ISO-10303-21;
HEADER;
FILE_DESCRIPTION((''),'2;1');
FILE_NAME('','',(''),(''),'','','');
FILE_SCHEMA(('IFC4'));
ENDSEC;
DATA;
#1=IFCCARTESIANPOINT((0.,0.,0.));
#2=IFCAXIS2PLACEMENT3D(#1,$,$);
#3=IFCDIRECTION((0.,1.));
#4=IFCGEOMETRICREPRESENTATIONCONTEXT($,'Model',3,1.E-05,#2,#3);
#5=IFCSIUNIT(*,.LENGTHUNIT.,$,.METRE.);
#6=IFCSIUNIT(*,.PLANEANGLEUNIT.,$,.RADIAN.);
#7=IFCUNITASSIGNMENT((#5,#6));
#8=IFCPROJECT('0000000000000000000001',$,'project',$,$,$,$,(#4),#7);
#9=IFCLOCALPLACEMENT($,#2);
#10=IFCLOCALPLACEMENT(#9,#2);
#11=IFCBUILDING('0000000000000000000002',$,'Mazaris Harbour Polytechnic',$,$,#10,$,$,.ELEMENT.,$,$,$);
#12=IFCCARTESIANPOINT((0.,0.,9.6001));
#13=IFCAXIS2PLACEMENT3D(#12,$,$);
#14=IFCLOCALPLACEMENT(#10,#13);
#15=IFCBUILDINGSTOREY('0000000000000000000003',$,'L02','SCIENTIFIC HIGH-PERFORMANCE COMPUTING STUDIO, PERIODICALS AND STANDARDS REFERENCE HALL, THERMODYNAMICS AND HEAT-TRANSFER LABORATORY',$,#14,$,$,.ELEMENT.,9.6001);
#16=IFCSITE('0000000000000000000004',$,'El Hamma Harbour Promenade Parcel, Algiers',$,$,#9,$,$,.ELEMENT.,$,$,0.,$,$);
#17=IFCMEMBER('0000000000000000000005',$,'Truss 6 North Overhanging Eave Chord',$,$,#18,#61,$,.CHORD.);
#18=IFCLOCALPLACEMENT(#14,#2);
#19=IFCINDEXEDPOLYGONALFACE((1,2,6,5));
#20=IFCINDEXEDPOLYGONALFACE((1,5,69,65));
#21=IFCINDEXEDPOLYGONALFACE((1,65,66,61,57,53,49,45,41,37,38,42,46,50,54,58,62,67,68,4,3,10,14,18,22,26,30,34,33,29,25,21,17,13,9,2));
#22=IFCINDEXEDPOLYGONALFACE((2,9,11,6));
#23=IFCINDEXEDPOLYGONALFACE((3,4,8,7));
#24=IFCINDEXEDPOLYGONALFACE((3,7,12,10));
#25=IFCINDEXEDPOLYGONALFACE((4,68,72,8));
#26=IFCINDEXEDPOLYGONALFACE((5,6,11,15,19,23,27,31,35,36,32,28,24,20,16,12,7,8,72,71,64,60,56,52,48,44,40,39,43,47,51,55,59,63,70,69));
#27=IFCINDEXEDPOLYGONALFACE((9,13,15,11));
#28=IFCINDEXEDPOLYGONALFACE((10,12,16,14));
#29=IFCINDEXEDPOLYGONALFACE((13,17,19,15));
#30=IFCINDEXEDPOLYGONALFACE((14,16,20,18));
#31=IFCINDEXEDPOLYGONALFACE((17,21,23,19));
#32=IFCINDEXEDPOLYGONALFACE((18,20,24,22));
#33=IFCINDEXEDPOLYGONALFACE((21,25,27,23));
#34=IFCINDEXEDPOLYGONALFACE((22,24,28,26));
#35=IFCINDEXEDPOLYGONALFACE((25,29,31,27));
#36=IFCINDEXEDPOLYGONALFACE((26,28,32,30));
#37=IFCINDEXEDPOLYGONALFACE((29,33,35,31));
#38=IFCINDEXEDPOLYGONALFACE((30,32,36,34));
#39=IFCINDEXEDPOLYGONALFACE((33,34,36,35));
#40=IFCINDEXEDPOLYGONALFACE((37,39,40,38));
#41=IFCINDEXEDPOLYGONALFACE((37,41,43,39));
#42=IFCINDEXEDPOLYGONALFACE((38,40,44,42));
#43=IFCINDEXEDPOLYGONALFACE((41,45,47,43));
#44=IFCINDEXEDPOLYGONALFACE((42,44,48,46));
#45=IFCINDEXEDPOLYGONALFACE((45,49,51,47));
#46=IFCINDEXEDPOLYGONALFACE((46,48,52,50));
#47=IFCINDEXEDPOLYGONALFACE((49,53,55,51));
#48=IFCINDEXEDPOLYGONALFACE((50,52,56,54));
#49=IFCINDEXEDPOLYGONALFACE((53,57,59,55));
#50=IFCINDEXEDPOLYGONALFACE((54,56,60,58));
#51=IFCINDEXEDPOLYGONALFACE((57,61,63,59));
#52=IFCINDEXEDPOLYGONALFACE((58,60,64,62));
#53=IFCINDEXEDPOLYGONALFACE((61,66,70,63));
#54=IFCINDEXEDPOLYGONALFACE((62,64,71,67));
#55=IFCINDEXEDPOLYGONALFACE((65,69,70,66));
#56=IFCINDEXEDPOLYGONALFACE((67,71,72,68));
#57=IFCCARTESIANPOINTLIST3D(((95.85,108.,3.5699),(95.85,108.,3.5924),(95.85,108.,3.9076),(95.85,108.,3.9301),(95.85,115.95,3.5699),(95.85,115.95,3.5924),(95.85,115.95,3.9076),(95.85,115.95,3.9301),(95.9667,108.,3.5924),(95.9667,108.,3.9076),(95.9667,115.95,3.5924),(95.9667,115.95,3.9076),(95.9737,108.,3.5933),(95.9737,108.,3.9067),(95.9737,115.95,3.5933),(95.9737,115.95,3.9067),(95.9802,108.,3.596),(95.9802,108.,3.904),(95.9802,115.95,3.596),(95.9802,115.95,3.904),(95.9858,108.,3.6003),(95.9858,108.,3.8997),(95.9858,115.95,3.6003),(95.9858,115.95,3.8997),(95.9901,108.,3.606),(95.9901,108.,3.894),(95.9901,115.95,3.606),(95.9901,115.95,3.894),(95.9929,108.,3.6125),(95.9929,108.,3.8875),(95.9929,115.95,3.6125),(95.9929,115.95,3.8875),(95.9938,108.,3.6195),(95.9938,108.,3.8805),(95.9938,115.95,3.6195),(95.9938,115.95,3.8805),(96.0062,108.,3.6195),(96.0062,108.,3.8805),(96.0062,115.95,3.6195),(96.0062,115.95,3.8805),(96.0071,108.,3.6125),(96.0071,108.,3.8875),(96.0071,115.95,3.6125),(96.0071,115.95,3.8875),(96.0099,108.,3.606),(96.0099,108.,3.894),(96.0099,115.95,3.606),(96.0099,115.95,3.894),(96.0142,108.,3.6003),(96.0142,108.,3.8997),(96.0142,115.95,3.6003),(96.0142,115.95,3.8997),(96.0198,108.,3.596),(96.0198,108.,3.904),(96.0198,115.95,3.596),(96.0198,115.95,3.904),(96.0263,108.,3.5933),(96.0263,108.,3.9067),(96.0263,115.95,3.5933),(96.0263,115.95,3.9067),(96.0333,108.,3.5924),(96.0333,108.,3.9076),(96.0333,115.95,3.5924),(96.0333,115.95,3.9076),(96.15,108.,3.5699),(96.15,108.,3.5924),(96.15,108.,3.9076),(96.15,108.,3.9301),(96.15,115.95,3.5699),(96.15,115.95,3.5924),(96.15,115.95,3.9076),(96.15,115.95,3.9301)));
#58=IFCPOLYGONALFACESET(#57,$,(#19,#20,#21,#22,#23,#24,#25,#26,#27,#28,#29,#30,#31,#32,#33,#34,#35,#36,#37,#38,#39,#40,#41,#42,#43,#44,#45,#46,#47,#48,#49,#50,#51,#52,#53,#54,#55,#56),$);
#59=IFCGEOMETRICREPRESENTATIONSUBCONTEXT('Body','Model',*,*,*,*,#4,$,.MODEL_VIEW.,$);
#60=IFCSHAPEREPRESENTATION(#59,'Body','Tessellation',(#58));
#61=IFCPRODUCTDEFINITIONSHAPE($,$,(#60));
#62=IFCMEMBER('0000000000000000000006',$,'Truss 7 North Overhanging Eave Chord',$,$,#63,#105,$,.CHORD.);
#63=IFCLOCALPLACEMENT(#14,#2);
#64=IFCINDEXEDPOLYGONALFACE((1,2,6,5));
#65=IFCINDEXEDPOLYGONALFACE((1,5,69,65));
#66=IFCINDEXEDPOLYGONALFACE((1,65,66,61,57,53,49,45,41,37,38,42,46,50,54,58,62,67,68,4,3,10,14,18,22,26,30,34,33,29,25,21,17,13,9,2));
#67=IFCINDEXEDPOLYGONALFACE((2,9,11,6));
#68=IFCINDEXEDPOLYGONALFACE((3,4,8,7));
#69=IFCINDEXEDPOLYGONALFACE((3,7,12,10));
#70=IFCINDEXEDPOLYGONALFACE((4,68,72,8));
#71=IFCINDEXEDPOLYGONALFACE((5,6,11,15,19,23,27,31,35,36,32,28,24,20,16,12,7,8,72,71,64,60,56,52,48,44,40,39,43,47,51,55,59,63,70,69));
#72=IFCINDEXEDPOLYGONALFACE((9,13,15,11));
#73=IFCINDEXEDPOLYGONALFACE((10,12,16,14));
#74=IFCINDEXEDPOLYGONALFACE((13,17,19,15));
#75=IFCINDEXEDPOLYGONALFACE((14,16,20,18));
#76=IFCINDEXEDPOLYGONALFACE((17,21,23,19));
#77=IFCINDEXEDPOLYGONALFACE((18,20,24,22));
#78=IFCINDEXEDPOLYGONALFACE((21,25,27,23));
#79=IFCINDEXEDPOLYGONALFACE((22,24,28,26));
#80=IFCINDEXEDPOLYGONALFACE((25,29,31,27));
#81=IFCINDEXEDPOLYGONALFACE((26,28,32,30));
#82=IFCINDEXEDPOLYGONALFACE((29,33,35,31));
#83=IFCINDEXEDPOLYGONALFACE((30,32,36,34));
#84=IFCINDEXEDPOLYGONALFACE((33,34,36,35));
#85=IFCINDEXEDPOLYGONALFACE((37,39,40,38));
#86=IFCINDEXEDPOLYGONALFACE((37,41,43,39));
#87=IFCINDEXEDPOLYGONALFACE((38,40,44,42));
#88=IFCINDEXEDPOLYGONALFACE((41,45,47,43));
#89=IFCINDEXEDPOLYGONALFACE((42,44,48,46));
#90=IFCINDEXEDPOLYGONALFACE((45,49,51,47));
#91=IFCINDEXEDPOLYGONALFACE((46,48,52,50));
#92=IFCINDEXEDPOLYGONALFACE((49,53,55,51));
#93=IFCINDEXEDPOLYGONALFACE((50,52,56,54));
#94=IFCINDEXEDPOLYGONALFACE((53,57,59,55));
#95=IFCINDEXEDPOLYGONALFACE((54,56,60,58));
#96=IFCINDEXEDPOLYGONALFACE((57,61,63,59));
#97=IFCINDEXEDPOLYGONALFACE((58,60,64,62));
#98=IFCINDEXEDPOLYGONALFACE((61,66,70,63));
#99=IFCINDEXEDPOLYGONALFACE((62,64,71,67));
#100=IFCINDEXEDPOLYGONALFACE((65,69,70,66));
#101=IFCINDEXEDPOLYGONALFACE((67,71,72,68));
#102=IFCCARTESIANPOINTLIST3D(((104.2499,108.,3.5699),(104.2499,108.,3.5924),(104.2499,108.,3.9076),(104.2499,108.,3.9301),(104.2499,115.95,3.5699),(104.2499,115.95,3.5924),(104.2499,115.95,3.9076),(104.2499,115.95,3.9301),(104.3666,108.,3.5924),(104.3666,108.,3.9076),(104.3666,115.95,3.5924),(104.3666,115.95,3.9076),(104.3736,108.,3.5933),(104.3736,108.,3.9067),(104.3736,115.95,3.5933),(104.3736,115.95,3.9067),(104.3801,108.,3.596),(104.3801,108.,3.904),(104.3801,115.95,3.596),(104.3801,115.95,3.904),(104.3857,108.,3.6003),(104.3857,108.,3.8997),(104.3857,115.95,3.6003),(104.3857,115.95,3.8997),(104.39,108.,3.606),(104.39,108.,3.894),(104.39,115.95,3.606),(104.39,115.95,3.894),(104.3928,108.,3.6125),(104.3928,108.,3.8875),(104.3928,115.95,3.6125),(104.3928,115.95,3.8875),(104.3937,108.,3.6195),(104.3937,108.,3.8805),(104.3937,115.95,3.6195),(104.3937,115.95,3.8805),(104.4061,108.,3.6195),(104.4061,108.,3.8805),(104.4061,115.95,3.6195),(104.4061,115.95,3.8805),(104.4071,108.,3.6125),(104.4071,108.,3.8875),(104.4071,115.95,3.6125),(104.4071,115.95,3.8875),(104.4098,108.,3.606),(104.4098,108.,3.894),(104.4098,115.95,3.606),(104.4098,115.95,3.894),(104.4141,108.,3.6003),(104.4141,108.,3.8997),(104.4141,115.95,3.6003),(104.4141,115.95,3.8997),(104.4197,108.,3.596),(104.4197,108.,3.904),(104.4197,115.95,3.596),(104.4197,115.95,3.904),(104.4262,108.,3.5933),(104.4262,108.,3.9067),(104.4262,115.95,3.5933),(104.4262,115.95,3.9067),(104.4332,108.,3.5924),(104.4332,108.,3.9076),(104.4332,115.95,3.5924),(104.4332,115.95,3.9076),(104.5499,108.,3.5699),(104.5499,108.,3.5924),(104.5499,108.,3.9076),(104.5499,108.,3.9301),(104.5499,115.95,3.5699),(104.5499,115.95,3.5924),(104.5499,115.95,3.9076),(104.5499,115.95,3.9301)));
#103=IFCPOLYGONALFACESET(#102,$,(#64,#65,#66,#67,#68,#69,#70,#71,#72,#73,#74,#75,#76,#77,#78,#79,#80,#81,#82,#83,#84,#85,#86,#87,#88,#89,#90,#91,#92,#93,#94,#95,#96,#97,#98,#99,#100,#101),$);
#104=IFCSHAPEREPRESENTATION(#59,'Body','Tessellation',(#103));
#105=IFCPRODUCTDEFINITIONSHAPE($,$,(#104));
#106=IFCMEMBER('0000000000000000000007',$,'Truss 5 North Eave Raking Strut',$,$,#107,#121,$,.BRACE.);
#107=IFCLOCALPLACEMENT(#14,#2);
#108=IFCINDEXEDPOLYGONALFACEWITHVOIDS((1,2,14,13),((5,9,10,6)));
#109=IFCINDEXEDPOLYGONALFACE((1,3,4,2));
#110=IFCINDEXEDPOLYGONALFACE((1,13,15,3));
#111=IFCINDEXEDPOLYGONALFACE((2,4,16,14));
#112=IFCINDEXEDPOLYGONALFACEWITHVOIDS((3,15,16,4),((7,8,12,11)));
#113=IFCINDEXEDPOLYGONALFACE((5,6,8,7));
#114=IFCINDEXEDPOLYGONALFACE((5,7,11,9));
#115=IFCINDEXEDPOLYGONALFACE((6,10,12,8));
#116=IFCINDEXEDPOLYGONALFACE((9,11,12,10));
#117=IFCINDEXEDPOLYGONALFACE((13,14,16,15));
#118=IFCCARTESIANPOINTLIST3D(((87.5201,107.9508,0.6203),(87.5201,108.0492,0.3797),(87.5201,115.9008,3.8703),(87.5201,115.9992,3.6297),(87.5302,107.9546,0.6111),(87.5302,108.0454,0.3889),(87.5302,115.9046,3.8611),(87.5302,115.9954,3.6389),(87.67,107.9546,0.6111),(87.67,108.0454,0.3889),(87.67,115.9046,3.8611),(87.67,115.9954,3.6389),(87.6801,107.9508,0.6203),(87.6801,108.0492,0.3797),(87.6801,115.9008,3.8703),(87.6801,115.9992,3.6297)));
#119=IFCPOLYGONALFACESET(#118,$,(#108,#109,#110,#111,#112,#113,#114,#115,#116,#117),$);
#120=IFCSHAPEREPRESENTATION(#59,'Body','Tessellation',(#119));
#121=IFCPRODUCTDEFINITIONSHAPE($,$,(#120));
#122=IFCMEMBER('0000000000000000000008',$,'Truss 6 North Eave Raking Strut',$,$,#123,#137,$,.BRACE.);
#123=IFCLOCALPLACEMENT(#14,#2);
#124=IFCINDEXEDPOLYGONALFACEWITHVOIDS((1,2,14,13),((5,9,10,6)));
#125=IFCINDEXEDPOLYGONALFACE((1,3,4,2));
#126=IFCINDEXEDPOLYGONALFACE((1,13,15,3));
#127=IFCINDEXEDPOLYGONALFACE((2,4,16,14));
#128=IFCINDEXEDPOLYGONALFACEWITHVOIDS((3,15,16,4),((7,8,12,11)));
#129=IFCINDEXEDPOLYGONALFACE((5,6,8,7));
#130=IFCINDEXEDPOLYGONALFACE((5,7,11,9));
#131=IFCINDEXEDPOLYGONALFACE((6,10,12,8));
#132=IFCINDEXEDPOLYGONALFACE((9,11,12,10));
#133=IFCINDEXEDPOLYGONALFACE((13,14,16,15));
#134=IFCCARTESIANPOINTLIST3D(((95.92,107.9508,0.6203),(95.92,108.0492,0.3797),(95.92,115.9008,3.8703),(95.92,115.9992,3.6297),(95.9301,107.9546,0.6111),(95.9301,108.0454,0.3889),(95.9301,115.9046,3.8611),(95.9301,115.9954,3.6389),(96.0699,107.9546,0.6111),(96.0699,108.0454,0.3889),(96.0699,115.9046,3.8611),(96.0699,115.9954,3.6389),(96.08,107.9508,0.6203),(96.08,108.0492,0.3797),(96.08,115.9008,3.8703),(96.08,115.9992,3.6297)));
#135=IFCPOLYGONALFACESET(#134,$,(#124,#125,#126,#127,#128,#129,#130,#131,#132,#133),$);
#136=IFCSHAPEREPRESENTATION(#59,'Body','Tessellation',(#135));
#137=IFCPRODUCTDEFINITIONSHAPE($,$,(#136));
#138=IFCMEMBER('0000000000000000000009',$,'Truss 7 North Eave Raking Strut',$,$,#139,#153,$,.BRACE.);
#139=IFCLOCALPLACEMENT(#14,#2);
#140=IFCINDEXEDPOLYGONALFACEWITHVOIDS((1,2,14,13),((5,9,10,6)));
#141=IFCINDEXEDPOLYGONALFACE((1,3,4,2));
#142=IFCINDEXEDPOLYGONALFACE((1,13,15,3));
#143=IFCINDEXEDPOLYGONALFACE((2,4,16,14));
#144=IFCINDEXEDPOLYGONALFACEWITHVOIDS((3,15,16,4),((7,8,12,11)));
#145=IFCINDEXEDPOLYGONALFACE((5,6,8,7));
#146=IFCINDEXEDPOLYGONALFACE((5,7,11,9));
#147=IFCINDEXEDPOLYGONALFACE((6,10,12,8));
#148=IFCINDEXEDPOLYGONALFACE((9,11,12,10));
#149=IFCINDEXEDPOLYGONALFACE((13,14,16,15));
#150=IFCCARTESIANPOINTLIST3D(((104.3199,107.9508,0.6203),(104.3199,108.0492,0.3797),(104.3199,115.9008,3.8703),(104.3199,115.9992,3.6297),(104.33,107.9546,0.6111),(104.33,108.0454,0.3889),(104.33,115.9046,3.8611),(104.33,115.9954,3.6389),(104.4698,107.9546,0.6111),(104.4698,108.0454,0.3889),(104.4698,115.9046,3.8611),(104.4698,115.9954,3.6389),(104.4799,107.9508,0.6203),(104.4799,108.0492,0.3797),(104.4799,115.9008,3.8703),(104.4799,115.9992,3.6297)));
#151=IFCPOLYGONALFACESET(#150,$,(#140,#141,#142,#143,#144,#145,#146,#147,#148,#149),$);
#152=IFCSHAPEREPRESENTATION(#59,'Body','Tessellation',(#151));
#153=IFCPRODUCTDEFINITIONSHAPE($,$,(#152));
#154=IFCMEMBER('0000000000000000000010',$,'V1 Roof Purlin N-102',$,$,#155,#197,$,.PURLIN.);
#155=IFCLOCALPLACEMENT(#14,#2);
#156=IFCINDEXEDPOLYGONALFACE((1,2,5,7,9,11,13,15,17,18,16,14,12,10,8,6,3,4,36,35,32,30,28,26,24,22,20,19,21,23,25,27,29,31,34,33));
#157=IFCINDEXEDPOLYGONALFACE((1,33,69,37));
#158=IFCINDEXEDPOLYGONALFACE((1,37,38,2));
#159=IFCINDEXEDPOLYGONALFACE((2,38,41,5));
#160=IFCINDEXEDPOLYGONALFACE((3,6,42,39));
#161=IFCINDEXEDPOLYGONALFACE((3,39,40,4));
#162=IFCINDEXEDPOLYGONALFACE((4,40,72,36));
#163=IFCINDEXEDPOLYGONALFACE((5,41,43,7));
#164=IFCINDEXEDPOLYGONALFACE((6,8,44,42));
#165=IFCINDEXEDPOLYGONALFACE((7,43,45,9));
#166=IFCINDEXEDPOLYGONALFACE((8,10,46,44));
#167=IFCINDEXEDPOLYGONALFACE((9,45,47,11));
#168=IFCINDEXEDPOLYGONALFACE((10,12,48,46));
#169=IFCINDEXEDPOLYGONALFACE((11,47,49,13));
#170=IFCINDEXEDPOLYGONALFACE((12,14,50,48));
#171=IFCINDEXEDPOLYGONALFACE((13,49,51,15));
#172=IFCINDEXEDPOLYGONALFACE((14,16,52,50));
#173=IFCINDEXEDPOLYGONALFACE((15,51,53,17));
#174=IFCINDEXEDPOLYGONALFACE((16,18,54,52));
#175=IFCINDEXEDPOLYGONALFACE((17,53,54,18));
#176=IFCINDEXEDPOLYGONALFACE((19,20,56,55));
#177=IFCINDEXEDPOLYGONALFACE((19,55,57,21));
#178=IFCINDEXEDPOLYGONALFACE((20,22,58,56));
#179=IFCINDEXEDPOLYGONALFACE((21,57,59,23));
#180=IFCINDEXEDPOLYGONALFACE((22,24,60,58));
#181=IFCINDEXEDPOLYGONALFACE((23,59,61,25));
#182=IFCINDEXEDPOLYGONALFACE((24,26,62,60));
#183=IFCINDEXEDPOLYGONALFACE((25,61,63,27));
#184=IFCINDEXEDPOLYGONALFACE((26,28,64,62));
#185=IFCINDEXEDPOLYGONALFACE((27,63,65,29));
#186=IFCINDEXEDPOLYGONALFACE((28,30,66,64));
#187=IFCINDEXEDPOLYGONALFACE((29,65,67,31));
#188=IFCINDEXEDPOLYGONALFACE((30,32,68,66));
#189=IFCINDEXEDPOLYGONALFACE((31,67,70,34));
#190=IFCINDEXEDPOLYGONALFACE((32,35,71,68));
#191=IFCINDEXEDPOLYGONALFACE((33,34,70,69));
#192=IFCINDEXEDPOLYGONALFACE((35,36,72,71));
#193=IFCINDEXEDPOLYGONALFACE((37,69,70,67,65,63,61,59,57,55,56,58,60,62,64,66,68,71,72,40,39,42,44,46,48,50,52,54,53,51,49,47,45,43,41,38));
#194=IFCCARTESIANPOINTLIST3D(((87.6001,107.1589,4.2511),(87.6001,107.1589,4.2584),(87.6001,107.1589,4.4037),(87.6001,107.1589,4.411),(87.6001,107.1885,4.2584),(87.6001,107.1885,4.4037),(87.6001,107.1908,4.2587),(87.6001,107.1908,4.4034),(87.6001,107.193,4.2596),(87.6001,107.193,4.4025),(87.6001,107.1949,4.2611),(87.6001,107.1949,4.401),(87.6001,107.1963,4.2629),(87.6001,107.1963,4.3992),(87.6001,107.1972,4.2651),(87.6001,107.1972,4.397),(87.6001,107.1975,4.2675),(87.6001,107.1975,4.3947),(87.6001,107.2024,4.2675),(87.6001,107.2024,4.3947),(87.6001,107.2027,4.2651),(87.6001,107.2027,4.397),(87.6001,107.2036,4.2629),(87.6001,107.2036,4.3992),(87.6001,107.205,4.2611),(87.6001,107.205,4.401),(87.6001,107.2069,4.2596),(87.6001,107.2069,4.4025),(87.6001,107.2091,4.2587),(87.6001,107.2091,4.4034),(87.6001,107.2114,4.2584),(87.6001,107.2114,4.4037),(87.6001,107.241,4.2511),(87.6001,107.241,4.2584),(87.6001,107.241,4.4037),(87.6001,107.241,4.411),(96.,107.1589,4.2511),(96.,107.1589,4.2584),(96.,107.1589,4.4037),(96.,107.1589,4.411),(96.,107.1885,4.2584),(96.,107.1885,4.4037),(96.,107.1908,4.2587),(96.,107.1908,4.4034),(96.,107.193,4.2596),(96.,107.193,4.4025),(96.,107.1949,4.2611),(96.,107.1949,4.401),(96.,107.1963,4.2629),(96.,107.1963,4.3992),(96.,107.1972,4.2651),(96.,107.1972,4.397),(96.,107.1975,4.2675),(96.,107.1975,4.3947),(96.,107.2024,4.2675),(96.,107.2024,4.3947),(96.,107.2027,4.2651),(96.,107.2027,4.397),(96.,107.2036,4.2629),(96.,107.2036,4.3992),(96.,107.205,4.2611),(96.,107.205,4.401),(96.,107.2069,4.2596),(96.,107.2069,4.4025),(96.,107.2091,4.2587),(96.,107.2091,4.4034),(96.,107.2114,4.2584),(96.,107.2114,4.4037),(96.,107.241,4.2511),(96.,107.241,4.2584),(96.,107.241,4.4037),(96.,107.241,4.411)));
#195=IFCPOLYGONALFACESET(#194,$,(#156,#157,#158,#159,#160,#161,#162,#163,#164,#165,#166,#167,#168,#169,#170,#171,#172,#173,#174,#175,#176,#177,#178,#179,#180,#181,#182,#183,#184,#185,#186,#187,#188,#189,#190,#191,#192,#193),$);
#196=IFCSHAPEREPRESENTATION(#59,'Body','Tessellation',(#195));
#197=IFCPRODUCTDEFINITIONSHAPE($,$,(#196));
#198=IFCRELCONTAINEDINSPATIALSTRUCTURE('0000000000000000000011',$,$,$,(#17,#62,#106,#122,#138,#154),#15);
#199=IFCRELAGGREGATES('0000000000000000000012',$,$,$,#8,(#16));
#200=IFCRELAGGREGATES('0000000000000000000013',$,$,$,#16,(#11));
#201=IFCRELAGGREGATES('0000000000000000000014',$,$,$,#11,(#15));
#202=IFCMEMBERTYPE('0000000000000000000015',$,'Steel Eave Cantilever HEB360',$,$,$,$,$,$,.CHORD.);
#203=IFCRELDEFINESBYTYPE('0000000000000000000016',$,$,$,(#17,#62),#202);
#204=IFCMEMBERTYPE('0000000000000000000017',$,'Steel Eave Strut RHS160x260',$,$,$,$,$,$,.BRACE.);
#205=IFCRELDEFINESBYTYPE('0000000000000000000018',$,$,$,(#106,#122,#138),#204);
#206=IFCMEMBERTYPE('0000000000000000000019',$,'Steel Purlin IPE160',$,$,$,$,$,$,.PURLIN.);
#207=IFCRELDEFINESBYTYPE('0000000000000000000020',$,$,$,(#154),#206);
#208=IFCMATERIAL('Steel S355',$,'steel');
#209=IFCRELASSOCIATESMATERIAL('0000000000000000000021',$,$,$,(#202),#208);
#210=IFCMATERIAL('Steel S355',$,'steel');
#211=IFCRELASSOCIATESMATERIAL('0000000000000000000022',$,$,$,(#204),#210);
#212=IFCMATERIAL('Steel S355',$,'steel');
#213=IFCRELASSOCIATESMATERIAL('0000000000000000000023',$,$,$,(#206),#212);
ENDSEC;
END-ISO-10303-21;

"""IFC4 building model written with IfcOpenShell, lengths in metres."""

from ifc_helpers import new_model, si_unit, direction, frame, origin, origin_2d, place, context, subcontext, project, spatial, hollow_rectangle, i_section, extrude, material, material_profile, profile_set, type_object, element, save


model = new_model("IFC4")

# Units and contexts
model_context = context("Model", 3, precision=1e-05, world=origin(), true_north=direction((0.0, 1.0)))
body_context = subcontext(model_context, "Body", "Model", "MODEL_VIEW")
ifc_project = project(units=[si_unit("LENGTHUNIT", "METRE"), si_unit("PLANEANGLEUNIT", "RADIAN")], contexts=[model_context])

# Site, building, storey
site_placement = place(None, origin())
site = spatial("IfcSite", under=ifc_project, at=site_placement, Name="El Hamma Harbour Promenade Parcel, Algiers", CompositionType="ELEMENT", RefElevation=0.0)
building_placement = place(site_placement, origin())
building = spatial("IfcBuilding", under=site, at=building_placement, Name="Mazaris Harbour Polytechnic", CompositionType="ELEMENT")
storey_placement = place(building_placement, frame((0.0, 0.0, 9.6001)))
storey = spatial("IfcBuildingStorey", under=building, at=storey_placement, Name="L02", Description="SCIENTIFIC HIGH-PERFORMANCE COMPUTING STUDIO, PERIODICALS AND STANDARDS REFERENCE HALL, THERMODYNAMICS AND HEAT-TRANSFER LABORATORY", CompositionType="ELEMENT", Elevation=9.6001)

# Members
ifc_material_1 = material(Name="Steel S355", Category="steel")
ifc_material_profile_1 = material_profile(ifc_material_1, i_section(OverallWidth=0.3, OverallDepth=0.3601, WebThickness=0.0125, FlangeThickness=0.0225, FilletRadius=0.0271, at=origin_2d()), Name="HEB 360")
ifc_profile_set_1 = profile_set([ifc_material_profile_1], Name="Steel S355")
member_type_1 = type_object("IfcMemberType", Name="Steel Eave Cantilever HEB360", PredefinedType="CHORD", material=ifc_profile_set_1)
for number, where, z_axis, x_axis, name in (
    (1, (96.0, 108.0, 3.75), (0.0, 1.0, 0.0), (-1.0, 0.0, 0.0), "Truss 6 North Overhanging Eave Chord"),
    (2, (104.3999, 108.0, 3.75), (0.0, 1.0, 0.0), (-1.0, 0.0, 0.0), "Truss 7 North Overhanging Eave Chord"),
):
    element("IfcMember", number, at=place(storey_placement, frame(where, z_axis=z_axis, x_axis=x_axis)), inside=storey, type_object=member_type_1, Name=name, PredefinedType="CHORD", context=body_context, shape_type="SweptSolid", body=[
        extrude(i_section(OverallWidth=0.3, OverallDepth=0.3601, WebThickness=0.0125, FlangeThickness=0.0225, FilletRadius=0.0271, at=origin_2d()), origin(), (0.0, 0.0, 1.0), 7.95),
    ])
ifc_material_2 = material(Name="Steel S355", Category="steel")
ifc_material_profile_2 = material_profile(ifc_material_2, hollow_rectangle(XDim=0.1599, YDim=0.26, WallThickness=0.01, at=origin_2d()), Name="RHS 160x260x10.0")
ifc_profile_set_2 = profile_set([ifc_material_profile_2], Name="Steel S355")
member_type_2 = type_object("IfcMemberType", Name="Steel Eave Strut RHS160x260", PredefinedType="BRACE", material=ifc_profile_set_2)
for number, where, z_axis, x_axis, name in (
    (3, (87.6001, 108.0, 0.5), (0.0, 0.925639, 0.378408), (-1.0, 0.0, 0.0), "Truss 5 North Eave Raking Strut"),
    (4, (96.0, 108.0, 0.5), (0.0, 0.925639, 0.378408), (-1.0, 0.0, 0.0), "Truss 6 North Eave Raking Strut"),
    (5, (104.3999, 108.0, 0.5), (0.0, 0.925639, 0.378408), (-1.0, 0.0, 0.0), "Truss 7 North Eave Raking Strut"),
):
    element("IfcMember", number, at=place(storey_placement, frame(where, z_axis=z_axis, x_axis=x_axis)), inside=storey, type_object=member_type_2, Name=name, PredefinedType="BRACE", context=body_context, shape_type="SweptSolid", body=[
        extrude(hollow_rectangle(XDim=0.1599, YDim=0.26, WallThickness=0.01, at=origin_2d()), origin(), (0.0, 0.0, 1.0), 8.5886),
    ])
ifc_material_3 = material(Name="Steel S355", Category="steel")
ifc_material_profile_3 = material_profile(ifc_material_3, i_section(OverallWidth=0.082, OverallDepth=0.1599, WebThickness=0.0049, FlangeThickness=0.0073, FilletRadius=0.009, at=origin_2d()), Name="IPE 160")
ifc_profile_set_3 = profile_set([ifc_material_profile_3], Name="Steel S355")
member_type_3 = type_object("IfcMemberType", Name="Steel Purlin IPE160", PredefinedType="PURLIN", material=ifc_profile_set_3)
for number, where, z_axis, x_axis, name in (
    (6, (87.6001, 107.2, 4.3311), (1.0, 0.0, 0.0), (0.0, 1.0, 0.0), "V1 Roof Purlin N-102"),
):
    element("IfcMember", number, at=place(storey_placement, frame(where, z_axis=z_axis, x_axis=x_axis)), inside=storey, type_object=member_type_3, Name=name, PredefinedType="PURLIN", context=body_context, shape_type="SweptSolid", body=[
        extrude(i_section(OverallWidth=0.082, OverallDepth=0.1599, WebThickness=0.0049, FlangeThickness=0.0073, FilletRadius=0.009, at=origin_2d()), origin(), (0.0, 0.0, 1.0), 8.3999),
    ])

save(model, "model.ifc")
